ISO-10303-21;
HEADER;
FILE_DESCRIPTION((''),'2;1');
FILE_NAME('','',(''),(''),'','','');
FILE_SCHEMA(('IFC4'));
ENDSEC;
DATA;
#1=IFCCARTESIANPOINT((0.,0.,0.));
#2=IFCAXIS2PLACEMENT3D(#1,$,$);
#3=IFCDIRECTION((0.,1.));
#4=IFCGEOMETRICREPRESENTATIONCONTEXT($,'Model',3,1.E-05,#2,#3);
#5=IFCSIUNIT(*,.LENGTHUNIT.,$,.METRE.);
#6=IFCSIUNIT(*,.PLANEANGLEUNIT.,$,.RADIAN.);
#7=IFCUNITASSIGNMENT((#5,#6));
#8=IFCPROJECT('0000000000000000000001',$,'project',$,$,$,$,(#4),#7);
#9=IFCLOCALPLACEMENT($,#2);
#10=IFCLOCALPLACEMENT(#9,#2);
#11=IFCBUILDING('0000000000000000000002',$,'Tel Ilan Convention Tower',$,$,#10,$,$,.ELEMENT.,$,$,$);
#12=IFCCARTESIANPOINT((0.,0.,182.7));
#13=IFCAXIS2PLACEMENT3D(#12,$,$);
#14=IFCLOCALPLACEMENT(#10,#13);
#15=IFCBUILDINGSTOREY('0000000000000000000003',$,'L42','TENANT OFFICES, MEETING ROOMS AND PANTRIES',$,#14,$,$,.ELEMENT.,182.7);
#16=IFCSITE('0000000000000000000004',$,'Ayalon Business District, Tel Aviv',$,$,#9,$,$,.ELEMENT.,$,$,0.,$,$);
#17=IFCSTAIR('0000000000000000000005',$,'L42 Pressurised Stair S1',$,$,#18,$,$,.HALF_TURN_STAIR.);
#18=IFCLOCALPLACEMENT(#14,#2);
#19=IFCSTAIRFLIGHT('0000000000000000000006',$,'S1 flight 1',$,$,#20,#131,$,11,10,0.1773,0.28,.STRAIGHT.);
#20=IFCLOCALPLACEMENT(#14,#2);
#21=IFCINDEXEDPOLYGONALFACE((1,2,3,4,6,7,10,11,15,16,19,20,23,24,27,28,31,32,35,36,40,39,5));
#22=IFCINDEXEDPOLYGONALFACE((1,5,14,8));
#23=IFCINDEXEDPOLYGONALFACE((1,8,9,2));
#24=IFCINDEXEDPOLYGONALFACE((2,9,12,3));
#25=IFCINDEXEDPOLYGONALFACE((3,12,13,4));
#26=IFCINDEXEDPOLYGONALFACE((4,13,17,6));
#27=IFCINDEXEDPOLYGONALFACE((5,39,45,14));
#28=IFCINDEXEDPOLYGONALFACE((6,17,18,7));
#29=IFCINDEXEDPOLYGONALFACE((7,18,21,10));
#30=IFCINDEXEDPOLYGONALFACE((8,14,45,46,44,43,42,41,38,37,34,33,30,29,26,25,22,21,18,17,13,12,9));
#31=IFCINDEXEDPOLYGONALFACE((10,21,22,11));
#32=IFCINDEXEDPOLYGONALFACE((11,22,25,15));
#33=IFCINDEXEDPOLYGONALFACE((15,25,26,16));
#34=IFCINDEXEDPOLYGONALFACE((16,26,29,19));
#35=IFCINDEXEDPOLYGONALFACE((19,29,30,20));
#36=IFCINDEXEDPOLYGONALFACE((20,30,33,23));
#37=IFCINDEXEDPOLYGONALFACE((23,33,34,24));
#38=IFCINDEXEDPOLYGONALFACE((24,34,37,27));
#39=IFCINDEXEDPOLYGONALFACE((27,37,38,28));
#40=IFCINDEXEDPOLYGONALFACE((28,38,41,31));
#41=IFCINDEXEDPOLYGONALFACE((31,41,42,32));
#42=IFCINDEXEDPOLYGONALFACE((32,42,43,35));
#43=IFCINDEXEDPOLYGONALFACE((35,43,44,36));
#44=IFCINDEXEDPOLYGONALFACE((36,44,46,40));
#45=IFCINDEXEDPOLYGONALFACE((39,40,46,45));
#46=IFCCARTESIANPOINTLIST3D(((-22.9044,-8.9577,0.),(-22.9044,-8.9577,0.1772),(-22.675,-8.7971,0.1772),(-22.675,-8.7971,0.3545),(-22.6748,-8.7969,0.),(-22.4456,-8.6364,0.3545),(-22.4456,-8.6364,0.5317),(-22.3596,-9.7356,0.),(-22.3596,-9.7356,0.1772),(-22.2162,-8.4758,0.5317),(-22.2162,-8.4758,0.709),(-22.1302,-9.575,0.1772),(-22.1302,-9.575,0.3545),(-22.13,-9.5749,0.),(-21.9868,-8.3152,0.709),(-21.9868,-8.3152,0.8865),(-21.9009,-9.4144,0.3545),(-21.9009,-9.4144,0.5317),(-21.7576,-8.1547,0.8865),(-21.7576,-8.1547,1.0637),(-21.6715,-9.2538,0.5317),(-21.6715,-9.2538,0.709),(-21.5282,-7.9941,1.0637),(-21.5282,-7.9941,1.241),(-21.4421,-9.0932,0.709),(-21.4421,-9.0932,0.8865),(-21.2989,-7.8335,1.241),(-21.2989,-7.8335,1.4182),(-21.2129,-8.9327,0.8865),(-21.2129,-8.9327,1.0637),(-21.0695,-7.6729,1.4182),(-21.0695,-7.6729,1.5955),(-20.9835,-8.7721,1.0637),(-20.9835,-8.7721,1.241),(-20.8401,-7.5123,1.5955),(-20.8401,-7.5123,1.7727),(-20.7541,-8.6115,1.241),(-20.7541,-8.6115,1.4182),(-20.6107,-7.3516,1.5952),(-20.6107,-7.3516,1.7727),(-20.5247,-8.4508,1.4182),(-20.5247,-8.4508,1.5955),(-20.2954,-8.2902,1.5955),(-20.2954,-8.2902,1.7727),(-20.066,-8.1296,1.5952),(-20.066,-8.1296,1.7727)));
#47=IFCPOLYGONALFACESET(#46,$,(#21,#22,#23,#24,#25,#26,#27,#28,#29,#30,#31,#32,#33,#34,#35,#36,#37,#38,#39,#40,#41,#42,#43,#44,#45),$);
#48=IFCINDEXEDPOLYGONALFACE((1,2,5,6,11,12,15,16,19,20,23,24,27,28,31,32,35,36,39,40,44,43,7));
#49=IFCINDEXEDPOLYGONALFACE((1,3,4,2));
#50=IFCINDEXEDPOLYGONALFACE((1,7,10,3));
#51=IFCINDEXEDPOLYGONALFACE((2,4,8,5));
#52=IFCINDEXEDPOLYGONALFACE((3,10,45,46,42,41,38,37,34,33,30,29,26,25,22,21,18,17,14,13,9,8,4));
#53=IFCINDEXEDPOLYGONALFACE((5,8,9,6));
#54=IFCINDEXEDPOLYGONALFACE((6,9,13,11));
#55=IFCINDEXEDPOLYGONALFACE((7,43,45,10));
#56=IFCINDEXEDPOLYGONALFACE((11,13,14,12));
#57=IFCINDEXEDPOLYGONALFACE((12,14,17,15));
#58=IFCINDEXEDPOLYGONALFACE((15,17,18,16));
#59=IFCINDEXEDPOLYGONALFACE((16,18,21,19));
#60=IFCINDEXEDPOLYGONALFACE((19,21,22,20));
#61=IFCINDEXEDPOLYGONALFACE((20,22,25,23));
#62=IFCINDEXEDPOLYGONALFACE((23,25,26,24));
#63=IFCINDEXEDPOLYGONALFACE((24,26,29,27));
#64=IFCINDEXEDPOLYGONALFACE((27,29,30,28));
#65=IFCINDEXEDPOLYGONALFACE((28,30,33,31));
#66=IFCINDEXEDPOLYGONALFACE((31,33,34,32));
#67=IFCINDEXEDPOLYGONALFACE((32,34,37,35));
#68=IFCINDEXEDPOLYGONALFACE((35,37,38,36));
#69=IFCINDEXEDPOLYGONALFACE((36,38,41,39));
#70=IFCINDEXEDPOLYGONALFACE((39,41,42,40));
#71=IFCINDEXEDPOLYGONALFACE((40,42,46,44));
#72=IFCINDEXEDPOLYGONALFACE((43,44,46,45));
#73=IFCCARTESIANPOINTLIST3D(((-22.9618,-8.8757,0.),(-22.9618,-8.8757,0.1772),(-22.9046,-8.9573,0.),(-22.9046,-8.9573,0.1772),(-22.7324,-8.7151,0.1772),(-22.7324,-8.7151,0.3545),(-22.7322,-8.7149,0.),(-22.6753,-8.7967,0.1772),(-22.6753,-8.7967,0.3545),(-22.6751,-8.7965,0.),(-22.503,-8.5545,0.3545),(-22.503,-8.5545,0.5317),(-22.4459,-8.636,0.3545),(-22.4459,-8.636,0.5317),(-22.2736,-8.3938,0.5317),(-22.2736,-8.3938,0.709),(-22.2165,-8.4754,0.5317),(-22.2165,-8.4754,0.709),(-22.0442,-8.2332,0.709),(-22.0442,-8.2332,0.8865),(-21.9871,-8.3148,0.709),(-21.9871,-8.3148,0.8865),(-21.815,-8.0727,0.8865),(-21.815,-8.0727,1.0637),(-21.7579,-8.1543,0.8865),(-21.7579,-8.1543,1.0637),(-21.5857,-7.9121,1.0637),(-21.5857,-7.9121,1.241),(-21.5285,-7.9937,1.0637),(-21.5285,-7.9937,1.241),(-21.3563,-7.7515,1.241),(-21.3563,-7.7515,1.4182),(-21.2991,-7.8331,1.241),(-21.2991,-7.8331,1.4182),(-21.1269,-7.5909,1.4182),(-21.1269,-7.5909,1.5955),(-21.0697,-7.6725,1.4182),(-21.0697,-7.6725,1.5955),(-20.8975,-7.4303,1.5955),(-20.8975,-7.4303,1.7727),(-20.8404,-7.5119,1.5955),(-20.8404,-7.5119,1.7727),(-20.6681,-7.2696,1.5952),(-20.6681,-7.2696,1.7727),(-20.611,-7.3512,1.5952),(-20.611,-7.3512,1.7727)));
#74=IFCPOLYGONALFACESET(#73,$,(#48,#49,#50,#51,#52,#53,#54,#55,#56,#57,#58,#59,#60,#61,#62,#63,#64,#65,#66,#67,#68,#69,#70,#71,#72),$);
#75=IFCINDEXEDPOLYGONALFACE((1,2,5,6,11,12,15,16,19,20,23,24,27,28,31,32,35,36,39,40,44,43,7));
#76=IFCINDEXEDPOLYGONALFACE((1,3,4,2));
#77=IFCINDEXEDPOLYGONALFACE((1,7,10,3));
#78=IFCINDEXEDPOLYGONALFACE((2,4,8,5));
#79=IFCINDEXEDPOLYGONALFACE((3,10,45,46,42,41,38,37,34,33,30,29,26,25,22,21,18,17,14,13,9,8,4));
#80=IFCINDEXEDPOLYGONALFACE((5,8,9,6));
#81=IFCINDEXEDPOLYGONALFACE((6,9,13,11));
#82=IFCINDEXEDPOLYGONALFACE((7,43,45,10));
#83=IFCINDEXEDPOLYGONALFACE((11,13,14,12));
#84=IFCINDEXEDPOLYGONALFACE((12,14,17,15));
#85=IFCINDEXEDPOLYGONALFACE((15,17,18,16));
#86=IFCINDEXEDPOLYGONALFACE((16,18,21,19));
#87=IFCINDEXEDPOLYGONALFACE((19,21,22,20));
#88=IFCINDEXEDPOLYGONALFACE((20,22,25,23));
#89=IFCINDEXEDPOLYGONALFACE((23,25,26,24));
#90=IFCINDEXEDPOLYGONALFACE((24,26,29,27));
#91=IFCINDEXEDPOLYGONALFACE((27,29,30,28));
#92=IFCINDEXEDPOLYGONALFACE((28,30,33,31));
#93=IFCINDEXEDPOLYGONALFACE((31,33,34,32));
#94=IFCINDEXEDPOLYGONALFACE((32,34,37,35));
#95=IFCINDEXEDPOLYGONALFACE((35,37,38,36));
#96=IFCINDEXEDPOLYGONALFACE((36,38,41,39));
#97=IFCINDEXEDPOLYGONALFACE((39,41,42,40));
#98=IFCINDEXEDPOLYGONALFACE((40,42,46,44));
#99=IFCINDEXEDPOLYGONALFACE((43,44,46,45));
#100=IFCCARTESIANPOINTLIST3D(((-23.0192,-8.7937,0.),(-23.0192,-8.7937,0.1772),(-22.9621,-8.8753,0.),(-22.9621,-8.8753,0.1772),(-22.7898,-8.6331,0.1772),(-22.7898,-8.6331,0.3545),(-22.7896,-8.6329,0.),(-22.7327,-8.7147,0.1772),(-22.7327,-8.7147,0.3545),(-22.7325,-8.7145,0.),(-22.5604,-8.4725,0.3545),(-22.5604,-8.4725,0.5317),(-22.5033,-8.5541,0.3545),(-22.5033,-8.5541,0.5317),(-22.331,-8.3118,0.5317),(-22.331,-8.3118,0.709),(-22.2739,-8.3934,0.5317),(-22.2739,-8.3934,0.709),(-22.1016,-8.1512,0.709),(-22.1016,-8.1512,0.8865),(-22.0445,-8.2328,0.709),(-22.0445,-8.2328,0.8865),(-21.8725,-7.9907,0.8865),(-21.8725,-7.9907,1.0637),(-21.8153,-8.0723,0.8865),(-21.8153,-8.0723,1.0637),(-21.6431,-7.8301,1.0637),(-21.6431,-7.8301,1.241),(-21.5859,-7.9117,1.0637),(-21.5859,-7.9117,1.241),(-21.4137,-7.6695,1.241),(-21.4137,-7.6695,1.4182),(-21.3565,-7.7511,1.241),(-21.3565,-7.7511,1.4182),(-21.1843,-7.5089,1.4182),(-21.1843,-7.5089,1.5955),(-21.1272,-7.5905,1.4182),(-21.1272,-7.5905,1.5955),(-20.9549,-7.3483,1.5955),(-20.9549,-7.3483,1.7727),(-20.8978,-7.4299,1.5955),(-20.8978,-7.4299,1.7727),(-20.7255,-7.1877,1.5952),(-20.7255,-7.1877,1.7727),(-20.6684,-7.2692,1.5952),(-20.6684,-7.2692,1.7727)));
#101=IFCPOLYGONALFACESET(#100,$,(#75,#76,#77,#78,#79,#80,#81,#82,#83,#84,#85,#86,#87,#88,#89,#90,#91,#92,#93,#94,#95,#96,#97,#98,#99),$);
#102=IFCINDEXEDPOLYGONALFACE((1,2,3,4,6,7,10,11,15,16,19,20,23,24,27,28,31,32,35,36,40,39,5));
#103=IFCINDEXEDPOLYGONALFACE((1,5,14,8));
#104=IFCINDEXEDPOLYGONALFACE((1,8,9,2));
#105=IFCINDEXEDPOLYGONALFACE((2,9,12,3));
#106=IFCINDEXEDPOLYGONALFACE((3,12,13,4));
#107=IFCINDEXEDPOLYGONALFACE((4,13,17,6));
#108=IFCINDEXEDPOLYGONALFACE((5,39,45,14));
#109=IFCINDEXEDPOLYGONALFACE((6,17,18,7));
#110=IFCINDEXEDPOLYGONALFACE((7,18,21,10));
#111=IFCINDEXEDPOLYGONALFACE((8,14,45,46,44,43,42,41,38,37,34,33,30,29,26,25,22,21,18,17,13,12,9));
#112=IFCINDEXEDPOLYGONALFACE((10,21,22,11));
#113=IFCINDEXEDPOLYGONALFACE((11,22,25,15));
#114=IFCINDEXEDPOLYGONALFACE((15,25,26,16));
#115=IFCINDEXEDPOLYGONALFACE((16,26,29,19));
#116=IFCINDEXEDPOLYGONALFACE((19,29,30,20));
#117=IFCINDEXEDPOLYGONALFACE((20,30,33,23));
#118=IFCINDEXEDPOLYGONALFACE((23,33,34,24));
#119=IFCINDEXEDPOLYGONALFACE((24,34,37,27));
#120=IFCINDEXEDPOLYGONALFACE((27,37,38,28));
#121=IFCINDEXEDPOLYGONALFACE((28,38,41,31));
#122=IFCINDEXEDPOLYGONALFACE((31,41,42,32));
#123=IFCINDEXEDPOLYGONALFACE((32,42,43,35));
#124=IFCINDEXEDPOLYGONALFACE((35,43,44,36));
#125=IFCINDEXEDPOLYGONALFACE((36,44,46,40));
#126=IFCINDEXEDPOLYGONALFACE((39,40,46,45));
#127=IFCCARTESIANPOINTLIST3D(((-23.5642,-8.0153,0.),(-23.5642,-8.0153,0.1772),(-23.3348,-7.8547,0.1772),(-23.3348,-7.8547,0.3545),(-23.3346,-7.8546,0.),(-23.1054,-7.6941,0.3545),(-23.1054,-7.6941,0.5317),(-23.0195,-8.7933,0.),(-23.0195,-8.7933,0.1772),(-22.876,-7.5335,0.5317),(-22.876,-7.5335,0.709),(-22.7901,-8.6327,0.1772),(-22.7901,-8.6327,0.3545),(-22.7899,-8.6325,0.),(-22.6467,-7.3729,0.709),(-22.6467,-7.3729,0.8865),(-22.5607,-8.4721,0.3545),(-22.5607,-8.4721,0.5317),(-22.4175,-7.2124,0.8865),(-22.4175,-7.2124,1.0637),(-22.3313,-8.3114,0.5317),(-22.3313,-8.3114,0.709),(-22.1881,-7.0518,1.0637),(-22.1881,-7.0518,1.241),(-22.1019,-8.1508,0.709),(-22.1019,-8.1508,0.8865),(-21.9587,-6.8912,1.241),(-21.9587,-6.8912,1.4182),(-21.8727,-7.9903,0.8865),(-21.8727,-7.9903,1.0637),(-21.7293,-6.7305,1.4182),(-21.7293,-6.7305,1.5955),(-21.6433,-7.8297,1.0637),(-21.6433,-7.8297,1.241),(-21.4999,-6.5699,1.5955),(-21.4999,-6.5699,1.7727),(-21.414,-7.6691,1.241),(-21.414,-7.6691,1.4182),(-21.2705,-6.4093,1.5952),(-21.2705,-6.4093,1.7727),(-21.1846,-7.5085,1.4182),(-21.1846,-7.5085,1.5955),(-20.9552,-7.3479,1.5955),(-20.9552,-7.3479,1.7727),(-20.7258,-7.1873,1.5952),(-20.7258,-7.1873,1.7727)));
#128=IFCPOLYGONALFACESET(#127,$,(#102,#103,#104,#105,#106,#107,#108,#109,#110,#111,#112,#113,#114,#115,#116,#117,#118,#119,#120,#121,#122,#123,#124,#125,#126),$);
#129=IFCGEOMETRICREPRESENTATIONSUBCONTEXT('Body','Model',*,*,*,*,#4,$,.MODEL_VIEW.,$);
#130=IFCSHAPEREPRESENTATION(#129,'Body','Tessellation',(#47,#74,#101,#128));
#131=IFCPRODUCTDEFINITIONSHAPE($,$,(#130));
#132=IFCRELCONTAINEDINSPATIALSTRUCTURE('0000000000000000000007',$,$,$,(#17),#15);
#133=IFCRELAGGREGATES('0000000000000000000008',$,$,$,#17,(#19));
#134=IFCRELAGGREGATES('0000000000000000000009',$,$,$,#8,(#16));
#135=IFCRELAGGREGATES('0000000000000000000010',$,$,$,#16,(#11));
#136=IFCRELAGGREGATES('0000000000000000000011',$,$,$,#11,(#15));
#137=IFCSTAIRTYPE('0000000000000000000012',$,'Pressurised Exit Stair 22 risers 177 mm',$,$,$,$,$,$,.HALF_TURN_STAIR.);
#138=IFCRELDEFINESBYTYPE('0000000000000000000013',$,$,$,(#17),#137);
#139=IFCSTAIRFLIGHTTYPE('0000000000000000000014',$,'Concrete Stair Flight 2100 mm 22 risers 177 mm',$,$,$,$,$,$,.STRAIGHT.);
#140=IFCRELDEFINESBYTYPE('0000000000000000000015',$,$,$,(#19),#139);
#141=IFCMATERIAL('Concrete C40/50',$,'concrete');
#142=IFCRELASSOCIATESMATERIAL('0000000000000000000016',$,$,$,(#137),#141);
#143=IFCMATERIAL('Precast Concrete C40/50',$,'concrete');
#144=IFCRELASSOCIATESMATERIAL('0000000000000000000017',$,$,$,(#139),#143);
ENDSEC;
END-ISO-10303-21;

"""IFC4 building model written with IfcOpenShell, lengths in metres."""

from ifc_helpers import new_model, si_unit, direction, frame, origin, place, context, subcontext, project, spatial, polyline, outline, extrude, material, type_object, element, aggregate, save


model = new_model("IFC4")

# Units and contexts
model_context = context("Model", 3, precision=1e-05, world=origin(), true_north=direction((0.0, 1.0)))
body_context = subcontext(model_context, "Body", "Model", "MODEL_VIEW")
ifc_project = project(units=[si_unit("LENGTHUNIT", "METRE"), si_unit("PLANEANGLEUNIT", "RADIAN")], contexts=[model_context])

# Site, building, storey
site_placement = place(None, origin())
site = spatial("IfcSite", under=ifc_project, at=site_placement, Name="Ayalon Business District, Tel Aviv", CompositionType="ELEMENT", RefElevation=0.0)
building_placement = place(site_placement, origin())
building = spatial("IfcBuilding", under=site, at=building_placement, Name="Tel Ilan Convention Tower", CompositionType="ELEMENT")
storey_placement = place(building_placement, frame((0.0, 0.0, 182.7)))
storey = spatial("IfcBuildingStorey", under=building, at=storey_placement, Name="L42", Description="TENANT OFFICES, MEETING ROOMS AND PANTRIES", CompositionType="ELEMENT", Elevation=182.7)

# Stair, stair flight
ifc_material_1 = material(Name="Concrete C40/50", Category="concrete")
stair_type = type_object("IfcStairType", Name="Pressurised Exit Stair 22 risers 177 mm", PredefinedType="HALF_TURN_STAIR", material=ifc_material_1)
stair_1_placement = place(storey_placement, origin())
stair_1 = element("IfcStair", 1, at=stair_1_placement, inside=storey, type_object=stair_type, Name="L42 Pressurised Stair S1", PredefinedType="HALF_TURN_STAIR")
ifc_material_2 = material(Name="Precast Concrete C40/50", Category="concrete")
stair_flight_type = type_object("IfcStairFlightType", Name="Concrete Stair Flight 2100 mm 22 risers 177 mm", PredefinedType="STRAIGHT", material=ifc_material_2)
stair_flight_1_placement = place(storey_placement, frame((-22.9619, -8.8755, 0.0), z_axis=(0.0, 0.0, 1.0), x_axis=(0.819152, 0.573576, 0.0)))
stair_flight_1 = element("IfcStairFlight", 2, at=stair_flight_1_placement, type_object=stair_flight_type, Name="S1 flight 1", NumberOfRisers=11, NumberOfTreads=10, PredefinedType="STRAIGHT", RiserHeight=0.1773, TreadLength=0.28, context=body_context, shape_type="SweptSolid", body=[
    extrude(outline(polyline([(0.0, 0.0), (0.0, 0.1772), (0.28, 0.1772), (0.28, 0.3545), (0.5601, 0.3545), (0.5601, 0.5317), (0.8401, 0.5317), (0.8401, 0.709), (1.1201, 0.709), (1.1201, 0.8865), (1.3999, 0.8865), (1.3999, 1.0637), (1.6799, 1.0637), (1.6799, 1.241), (1.96, 1.241), (1.96, 1.4182), (2.24, 1.4182), (2.24, 1.5955), (2.52, 1.5955), (2.52, 1.7727), (2.8, 1.7727), (2.8, 1.95), (2.8, 1.5952), (0.2803, 0.0), (0.0, 0.0)])), frame((0.0, -0.1003, 0.0), z_axis=(0.0, -1.0, 0.0), x_axis=(1.0, 0.0, 0.0)), (0.0, 0.0, 1.0), 0.9497),
    extrude(outline(polyline([(0.0, 0.0), (0.0, 0.1772), (0.28, 0.1772), (0.28, 0.3545), (0.5601, 0.3545), (0.5601, 0.5317), (0.8401, 0.5317), (0.8401, 0.709), (1.1201, 0.709), (1.1201, 0.8865), (1.3999, 0.8865), (1.3999, 1.0637), (1.6799, 1.0637), (1.6799, 1.241), (1.96, 1.241), (1.96, 1.4182), (2.24, 1.4182), (2.24, 1.5955), (2.52, 1.5955), (2.52, 1.7727), (2.8, 1.7727), (2.8, 1.95), (2.8, 1.5952), (0.2803, 0.0), (0.0, 0.0)])), frame((0.0, -0.0002, 0.0), z_axis=(0.0, -1.0, 0.0), x_axis=(1.0, 0.0, 0.0)), (0.0, 0.0, 1.0), 0.0996),
    extrude(outline(polyline([(0.0, 0.0), (0.0, 0.1772), (0.28, 0.1772), (0.28, 0.3545), (0.5601, 0.3545), (0.5601, 0.5317), (0.8401, 0.5317), (0.8401, 0.709), (1.1201, 0.709), (1.1201, 0.8865), (1.3999, 0.8865), (1.3999, 1.0637), (1.6799, 1.0637), (1.6799, 1.241), (1.96, 1.241), (1.96, 1.4182), (2.24, 1.4182), (2.24, 1.5955), (2.52, 1.5955), (2.52, 1.7727), (2.8, 1.7727), (2.8, 1.95), (2.8, 1.5952), (0.2803, 0.0), (0.0, 0.0)])), frame((0.0, 0.0999, 0.0), z_axis=(0.0, -1.0, 0.0), x_axis=(1.0, 0.0, 0.0)), (0.0, 0.0, 1.0), 0.0996),
    extrude(outline(polyline([(0.0, 0.0), (0.0, 0.1772), (0.28, 0.1772), (0.28, 0.3545), (0.5601, 0.3545), (0.5601, 0.5317), (0.8401, 0.5317), (0.8401, 0.709), (1.1201, 0.709), (1.1201, 0.8865), (1.3999, 0.8865), (1.3999, 1.0637), (1.6799, 1.0637), (1.6799, 1.241), (1.96, 1.241), (1.96, 1.4182), (2.24, 1.4182), (2.24, 1.5955), (2.52, 1.5955), (2.52, 1.7727), (2.8, 1.7727), (2.8, 1.95), (2.8, 1.5952), (0.2803, 0.0), (0.0, 0.0)])), frame((0.0, 1.05, 0.0), z_axis=(0.0, -1.0, 0.0), x_axis=(1.0, 0.0, 0.0)), (0.0, 0.0, 1.0), 0.9497),
])
aggregate(stair_1, [stair_flight_1])

save(model, "model.ifc")
